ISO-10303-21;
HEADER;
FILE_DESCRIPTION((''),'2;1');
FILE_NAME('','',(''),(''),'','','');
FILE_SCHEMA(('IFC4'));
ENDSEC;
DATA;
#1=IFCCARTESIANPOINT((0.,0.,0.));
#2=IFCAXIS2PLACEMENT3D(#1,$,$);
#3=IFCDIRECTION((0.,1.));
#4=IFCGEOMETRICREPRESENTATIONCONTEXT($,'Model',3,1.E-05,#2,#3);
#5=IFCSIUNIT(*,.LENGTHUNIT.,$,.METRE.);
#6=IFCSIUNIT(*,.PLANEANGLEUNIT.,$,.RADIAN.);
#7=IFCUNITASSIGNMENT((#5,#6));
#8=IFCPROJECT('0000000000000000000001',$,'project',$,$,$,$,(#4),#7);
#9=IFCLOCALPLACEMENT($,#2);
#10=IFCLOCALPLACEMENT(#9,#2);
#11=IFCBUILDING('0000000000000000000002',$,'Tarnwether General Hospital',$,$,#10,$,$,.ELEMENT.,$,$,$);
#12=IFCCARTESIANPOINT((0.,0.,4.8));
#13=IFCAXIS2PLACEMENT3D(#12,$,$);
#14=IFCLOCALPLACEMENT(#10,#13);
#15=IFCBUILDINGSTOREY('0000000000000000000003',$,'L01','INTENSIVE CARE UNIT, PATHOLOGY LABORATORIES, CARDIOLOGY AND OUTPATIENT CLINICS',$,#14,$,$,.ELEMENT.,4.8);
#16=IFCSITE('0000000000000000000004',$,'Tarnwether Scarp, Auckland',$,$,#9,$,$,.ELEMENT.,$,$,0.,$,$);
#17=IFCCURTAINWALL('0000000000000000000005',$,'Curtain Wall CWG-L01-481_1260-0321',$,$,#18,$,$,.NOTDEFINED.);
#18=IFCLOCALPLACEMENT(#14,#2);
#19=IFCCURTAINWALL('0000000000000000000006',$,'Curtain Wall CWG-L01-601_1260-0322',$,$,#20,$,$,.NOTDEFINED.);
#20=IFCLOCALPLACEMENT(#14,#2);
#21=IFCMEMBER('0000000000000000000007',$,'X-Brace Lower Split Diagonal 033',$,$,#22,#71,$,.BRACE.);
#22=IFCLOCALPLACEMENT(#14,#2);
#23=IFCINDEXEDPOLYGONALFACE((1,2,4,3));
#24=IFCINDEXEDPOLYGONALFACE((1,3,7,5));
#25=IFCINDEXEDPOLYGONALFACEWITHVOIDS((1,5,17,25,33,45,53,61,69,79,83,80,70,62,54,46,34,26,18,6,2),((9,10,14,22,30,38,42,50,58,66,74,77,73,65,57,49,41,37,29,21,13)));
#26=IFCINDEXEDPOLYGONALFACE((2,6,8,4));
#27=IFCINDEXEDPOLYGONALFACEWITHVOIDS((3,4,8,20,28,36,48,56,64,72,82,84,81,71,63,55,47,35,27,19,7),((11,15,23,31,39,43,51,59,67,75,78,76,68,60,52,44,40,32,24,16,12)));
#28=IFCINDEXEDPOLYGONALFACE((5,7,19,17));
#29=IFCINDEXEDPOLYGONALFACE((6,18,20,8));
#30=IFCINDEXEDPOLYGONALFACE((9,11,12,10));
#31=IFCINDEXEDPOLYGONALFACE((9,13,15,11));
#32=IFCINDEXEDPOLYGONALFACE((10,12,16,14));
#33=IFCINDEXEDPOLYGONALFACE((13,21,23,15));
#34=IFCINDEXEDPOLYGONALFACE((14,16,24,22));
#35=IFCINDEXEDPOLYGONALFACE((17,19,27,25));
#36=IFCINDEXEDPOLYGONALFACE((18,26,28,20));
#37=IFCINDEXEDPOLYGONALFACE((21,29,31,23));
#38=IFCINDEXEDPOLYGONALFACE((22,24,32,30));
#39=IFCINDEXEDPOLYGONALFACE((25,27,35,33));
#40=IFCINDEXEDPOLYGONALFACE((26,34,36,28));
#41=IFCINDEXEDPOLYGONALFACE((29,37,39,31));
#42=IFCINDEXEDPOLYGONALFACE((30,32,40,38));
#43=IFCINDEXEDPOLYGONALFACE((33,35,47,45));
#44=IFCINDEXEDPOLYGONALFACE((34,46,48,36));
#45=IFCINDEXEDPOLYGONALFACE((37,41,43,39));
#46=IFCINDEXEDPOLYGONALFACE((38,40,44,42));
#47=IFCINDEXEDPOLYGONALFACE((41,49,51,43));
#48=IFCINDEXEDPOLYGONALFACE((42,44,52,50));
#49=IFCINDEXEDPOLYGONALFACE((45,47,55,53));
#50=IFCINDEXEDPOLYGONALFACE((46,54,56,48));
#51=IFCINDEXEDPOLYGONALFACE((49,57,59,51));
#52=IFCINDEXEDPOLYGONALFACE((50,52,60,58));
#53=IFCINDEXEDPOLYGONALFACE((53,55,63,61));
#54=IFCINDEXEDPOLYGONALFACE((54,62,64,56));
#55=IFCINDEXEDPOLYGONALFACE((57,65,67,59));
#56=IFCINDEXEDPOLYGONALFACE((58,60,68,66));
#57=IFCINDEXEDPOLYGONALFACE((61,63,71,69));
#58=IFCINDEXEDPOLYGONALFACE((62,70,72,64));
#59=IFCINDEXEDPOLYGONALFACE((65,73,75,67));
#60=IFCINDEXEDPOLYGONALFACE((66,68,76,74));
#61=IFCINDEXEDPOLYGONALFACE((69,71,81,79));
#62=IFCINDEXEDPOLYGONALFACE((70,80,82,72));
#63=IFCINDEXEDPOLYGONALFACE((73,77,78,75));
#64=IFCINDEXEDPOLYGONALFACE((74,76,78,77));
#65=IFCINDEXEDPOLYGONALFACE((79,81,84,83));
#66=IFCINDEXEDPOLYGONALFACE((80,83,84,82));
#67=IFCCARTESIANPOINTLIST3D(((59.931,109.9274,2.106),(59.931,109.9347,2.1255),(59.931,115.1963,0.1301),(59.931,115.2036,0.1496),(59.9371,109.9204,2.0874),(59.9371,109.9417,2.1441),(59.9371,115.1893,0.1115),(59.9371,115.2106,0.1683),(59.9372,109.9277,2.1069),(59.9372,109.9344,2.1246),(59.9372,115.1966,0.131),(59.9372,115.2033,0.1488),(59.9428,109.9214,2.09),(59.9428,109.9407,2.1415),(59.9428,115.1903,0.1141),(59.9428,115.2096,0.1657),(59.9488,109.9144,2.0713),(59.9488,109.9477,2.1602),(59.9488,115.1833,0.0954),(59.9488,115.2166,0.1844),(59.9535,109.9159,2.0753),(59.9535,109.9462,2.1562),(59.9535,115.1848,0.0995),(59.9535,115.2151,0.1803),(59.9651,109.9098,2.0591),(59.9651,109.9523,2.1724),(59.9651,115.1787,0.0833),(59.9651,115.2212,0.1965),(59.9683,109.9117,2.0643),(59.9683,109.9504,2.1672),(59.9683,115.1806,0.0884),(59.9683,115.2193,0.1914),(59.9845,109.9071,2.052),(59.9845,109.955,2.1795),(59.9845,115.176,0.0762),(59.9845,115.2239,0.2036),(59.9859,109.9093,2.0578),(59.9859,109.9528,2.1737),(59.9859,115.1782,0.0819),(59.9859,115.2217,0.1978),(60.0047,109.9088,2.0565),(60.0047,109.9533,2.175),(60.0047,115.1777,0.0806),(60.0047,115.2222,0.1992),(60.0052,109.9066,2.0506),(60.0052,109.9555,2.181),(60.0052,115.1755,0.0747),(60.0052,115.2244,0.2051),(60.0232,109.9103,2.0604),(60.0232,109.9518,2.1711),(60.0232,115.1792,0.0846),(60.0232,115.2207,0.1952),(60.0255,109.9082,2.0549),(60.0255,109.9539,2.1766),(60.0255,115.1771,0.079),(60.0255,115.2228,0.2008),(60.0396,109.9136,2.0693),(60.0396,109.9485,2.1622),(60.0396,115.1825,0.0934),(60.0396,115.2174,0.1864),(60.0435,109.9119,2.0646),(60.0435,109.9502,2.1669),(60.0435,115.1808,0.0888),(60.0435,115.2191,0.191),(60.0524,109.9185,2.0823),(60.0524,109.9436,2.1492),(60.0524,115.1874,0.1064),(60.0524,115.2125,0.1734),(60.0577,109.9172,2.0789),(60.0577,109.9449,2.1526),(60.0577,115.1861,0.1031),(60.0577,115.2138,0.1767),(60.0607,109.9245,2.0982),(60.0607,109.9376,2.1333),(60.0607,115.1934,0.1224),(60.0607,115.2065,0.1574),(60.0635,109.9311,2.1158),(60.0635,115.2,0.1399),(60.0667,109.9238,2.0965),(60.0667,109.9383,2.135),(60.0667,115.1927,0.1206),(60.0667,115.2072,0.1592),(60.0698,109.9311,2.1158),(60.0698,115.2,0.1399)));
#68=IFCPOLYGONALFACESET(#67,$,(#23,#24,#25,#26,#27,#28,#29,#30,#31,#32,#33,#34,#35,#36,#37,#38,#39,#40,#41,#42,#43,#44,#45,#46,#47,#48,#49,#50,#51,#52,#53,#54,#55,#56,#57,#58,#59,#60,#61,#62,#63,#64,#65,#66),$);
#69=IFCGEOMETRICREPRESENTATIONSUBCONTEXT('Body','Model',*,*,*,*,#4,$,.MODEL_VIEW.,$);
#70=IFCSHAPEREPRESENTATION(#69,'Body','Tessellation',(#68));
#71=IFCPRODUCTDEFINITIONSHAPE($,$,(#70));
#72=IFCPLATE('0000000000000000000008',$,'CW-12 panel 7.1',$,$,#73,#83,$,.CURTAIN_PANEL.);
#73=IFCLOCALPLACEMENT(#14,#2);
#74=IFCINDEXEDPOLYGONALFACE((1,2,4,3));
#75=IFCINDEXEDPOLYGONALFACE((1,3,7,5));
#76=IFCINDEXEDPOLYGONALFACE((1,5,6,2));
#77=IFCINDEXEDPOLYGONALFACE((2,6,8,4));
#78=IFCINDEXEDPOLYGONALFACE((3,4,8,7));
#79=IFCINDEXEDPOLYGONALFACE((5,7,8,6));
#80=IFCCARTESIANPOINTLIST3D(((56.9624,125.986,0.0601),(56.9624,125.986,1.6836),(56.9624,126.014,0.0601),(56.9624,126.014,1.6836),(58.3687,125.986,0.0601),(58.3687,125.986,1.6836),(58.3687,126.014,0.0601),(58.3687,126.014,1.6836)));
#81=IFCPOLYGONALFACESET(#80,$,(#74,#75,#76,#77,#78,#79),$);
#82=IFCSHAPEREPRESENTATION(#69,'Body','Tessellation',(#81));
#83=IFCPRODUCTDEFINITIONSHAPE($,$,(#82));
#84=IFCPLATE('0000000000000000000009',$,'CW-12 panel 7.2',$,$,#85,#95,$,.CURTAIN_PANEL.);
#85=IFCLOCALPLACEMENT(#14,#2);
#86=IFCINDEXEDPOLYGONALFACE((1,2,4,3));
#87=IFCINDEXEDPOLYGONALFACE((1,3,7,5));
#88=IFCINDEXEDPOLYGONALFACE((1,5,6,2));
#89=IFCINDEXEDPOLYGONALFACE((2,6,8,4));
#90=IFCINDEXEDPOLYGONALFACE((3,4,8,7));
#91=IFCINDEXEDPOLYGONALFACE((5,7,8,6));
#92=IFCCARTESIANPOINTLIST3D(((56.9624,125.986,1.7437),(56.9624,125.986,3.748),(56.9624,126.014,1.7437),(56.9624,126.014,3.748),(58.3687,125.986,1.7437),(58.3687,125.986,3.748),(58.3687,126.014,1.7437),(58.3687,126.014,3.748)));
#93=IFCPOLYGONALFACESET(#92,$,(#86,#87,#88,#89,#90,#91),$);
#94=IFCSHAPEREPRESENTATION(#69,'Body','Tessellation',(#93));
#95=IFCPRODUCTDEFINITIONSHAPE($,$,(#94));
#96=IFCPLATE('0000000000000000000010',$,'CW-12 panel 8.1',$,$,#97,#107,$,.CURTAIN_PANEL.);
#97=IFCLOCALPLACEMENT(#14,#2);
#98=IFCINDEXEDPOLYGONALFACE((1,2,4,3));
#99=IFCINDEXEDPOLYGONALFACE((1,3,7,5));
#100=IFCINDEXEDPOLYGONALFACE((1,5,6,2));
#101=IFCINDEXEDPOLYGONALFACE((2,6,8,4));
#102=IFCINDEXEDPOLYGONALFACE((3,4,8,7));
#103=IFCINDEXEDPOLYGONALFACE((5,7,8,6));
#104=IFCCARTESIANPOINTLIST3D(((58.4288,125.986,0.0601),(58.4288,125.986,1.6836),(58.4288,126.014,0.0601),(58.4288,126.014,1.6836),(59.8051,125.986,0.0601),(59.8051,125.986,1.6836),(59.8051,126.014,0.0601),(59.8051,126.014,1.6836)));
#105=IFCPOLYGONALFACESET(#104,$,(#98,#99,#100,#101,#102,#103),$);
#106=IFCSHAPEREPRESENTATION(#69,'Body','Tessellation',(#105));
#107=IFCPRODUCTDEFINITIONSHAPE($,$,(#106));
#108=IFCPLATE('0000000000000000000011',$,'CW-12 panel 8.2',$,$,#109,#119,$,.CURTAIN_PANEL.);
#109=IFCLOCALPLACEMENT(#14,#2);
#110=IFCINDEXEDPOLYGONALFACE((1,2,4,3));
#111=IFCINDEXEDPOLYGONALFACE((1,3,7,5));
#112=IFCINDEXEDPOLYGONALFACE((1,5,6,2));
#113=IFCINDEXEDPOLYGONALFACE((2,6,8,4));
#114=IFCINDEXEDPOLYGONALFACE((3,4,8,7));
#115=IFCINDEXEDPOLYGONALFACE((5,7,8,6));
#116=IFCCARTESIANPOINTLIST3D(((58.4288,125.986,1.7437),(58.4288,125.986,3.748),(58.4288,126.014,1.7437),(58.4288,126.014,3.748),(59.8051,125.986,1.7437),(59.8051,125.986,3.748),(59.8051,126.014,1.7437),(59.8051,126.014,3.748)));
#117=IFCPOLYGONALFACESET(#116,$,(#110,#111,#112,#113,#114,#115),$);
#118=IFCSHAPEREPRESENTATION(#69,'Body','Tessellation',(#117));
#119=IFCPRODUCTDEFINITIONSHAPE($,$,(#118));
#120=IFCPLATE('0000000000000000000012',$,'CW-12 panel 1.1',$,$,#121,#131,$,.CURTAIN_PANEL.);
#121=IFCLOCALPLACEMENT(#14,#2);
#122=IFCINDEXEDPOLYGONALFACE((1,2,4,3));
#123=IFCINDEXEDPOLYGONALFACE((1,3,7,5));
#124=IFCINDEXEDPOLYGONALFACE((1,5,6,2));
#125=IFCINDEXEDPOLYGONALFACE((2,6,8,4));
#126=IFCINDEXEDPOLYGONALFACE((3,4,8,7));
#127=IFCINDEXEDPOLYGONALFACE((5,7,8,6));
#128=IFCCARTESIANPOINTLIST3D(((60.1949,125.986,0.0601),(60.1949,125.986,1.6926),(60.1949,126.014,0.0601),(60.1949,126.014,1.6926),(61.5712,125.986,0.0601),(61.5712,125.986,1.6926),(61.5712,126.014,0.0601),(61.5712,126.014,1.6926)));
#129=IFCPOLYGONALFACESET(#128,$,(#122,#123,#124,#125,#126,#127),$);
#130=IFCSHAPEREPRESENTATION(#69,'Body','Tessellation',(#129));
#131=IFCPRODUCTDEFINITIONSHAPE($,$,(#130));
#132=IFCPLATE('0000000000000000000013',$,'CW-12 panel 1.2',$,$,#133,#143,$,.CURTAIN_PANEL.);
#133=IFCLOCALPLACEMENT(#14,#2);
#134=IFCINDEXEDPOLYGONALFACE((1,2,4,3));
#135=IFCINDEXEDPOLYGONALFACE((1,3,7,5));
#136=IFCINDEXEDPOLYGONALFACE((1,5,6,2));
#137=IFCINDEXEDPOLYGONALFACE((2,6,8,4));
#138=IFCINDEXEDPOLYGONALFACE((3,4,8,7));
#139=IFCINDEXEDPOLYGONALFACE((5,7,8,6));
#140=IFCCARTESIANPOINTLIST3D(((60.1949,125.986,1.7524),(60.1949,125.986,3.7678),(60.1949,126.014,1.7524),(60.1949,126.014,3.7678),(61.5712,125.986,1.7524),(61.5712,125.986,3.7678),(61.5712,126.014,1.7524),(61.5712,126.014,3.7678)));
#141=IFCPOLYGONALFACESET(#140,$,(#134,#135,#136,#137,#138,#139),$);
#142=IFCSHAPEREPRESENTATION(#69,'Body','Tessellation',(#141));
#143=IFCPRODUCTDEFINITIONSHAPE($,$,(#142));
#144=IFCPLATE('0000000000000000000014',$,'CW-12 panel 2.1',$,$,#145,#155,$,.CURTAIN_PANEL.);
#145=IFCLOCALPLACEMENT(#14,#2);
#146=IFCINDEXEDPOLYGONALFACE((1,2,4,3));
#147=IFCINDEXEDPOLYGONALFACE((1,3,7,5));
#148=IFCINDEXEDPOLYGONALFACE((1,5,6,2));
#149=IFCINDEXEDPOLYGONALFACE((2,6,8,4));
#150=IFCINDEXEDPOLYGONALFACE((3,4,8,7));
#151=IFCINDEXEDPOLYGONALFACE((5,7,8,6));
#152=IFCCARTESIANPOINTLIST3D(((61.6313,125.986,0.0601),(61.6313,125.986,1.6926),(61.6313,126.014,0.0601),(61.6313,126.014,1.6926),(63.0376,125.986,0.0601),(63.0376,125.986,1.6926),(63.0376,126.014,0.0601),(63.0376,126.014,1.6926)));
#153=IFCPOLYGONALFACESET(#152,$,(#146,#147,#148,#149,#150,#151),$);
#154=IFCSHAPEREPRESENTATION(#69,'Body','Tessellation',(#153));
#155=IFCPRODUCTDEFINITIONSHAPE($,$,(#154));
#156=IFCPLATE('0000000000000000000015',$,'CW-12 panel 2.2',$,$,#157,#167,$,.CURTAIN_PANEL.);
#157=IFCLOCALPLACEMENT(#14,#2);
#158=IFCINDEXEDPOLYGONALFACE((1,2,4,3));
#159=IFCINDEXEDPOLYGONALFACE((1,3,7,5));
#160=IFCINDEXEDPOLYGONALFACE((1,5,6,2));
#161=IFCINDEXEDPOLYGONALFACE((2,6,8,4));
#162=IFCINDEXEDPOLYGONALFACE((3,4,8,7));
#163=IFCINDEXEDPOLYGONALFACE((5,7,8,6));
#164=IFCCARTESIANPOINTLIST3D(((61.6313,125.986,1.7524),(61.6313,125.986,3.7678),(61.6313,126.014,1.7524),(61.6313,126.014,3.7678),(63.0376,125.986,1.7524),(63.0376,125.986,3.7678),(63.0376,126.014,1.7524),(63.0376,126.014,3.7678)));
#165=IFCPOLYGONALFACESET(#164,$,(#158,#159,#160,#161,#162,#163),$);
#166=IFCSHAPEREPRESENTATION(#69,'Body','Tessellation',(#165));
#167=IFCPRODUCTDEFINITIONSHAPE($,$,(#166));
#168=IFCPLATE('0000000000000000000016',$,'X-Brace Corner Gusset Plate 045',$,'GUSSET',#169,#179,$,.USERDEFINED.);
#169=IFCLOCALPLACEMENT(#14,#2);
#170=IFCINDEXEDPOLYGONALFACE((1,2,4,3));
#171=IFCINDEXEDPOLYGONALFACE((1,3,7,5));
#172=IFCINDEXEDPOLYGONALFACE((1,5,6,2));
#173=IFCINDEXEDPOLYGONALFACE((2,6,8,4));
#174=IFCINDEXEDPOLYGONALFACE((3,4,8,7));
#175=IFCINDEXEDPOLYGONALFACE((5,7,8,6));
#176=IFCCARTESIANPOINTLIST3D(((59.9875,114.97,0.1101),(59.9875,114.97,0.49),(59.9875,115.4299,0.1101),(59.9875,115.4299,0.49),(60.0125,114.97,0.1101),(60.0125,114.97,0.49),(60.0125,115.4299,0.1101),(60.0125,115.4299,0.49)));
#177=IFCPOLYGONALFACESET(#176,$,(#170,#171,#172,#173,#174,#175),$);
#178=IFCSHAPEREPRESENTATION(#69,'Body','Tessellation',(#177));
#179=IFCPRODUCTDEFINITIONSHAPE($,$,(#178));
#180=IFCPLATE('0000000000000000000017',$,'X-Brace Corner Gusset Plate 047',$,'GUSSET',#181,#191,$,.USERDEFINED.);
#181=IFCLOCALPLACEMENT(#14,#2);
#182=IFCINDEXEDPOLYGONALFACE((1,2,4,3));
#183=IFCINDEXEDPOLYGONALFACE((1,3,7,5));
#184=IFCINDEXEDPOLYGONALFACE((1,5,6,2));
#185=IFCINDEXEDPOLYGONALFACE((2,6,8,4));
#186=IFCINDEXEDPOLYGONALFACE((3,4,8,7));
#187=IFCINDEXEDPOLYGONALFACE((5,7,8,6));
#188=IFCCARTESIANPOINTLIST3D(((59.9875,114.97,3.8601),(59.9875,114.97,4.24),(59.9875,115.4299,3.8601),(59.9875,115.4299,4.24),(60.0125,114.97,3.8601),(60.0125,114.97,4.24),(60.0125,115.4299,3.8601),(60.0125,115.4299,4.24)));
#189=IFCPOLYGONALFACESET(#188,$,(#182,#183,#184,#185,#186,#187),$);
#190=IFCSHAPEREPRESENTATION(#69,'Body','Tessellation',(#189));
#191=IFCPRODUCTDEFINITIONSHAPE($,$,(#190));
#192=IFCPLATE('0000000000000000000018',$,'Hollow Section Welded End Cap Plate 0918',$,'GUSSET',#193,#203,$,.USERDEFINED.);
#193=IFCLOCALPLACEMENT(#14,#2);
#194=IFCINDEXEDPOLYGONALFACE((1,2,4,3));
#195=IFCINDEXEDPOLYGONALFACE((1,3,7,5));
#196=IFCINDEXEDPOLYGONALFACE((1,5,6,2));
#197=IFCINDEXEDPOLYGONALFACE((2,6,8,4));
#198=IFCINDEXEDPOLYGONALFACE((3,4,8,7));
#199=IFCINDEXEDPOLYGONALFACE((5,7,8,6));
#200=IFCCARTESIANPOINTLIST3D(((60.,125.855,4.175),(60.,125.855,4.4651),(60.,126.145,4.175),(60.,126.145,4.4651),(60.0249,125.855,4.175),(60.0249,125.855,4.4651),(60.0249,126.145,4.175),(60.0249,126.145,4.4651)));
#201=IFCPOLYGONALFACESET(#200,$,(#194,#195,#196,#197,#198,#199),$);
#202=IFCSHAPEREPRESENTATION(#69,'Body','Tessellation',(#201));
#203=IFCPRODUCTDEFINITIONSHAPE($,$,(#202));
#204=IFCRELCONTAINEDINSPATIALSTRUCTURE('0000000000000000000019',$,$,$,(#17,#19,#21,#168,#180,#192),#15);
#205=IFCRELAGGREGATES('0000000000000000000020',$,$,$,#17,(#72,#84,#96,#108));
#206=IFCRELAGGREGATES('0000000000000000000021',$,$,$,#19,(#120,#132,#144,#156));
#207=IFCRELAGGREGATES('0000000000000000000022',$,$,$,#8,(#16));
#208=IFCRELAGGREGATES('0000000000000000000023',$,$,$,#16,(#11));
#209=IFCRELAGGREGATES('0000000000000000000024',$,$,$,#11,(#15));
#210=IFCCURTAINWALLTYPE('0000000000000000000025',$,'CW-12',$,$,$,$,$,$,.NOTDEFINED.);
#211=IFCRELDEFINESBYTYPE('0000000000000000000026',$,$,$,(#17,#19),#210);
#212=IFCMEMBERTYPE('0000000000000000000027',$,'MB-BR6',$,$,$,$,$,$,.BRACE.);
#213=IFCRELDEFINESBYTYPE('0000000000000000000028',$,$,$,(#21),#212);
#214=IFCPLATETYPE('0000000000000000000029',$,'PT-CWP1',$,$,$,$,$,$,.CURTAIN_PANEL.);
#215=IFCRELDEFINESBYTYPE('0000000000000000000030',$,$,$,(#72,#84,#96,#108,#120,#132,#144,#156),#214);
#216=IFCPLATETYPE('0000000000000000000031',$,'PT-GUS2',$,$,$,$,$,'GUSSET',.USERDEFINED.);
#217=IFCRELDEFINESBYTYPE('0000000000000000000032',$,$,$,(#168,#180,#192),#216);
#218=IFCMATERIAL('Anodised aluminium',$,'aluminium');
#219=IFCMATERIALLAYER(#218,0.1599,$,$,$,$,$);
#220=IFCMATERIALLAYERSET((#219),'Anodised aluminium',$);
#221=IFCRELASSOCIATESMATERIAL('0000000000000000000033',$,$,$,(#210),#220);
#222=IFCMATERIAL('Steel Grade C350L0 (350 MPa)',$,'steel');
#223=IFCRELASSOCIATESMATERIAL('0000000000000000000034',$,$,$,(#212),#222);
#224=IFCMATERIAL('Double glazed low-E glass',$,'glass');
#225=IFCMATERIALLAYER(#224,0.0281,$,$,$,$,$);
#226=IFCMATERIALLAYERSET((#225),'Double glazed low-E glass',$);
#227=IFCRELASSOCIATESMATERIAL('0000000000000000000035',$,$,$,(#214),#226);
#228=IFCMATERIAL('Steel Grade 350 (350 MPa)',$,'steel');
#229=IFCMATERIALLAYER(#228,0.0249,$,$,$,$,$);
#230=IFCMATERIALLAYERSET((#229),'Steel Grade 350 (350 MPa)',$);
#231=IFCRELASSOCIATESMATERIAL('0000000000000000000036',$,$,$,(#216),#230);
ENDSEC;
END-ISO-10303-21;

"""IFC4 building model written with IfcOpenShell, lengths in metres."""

from ifc_helpers import new_model, si_unit, direction, frame, origin, origin_2d, place, context, subcontext, project, spatial, rectangle, hollow_circle, extrude, material, layer, layer_set, material_profile, profile_set, type_object, element, aggregate, save


model = new_model("IFC4")

# Units and contexts
model_context = context("Model", 3, precision=1e-05, world=origin(), true_north=direction((0.0, 1.0)))
body_context = subcontext(model_context, "Body", "Model", "MODEL_VIEW")
ifc_project = project(units=[si_unit("LENGTHUNIT", "METRE"), si_unit("PLANEANGLEUNIT", "RADIAN")], contexts=[model_context])

# Site, building, storey
site_placement = place(None, origin())
site = spatial("IfcSite", under=ifc_project, at=site_placement, Name="Tarnwether Scarp, Auckland", CompositionType="ELEMENT", RefElevation=0.0)
building_placement = place(site_placement, origin())
building = spatial("IfcBuilding", under=site, at=building_placement, Name="Tarnwether General Hospital", CompositionType="ELEMENT")
storey_placement = place(building_placement, frame((0.0, 0.0, 4.8)))
storey = spatial("IfcBuildingStorey", under=building, at=storey_placement, Name="L01", Description="INTENSIVE CARE UNIT, PATHOLOGY LABORATORIES, CARDIOLOGY AND OUTPATIENT CLINICS", CompositionType="ELEMENT", Elevation=4.8)

# Curtain walls
ifc_material_1 = material(Name="Anodised aluminium", Category="aluminium")
ifc_layer_1 = layer(ifc_material_1, 0.1599)
ifc_layer_set_1 = layer_set([ifc_layer_1], Name="Anodised aluminium")
curtain_wall_type = type_object("IfcCurtainWallType", Name="CW-12", PredefinedType="NOTDEFINED", material=ifc_layer_set_1)
curtain_wall_1_placement = place(storey_placement, origin())
curtain_wall_1 = element("IfcCurtainWall", 1, at=curtain_wall_1_placement, inside=storey, type_object=curtain_wall_type, Name="Curtain Wall CWG-L01-481_1260-0321", PredefinedType="NOTDEFINED")
curtain_wall_2_placement = place(storey_placement, origin())
curtain_wall_2 = element("IfcCurtainWall", 2, at=curtain_wall_2_placement, inside=storey, type_object=curtain_wall_type, Name="Curtain Wall CWG-L01-601_1260-0322", PredefinedType="NOTDEFINED")

# Member
ifc_material_2 = material(Name="Steel Grade C350L0 (350 MPa)", Category="steel")
ifc_material_profile_1 = material_profile(ifc_material_2, hollow_circle(Radius=0.0698, WallThickness=0.0063, at=origin_2d()), Name="CHS139.7x6.4")
ifc_profile_set_1 = profile_set([ifc_material_profile_1], Name="Steel Grade C350L0 (350 MPa)")
member_type_1 = type_object("IfcMemberType", Name="MB-BR6", PredefinedType="BRACE", material=ifc_profile_set_1)
member_1_placement = place(storey_placement, frame((60.0, 115.2, 0.1399), z_axis=(0.0, -0.936327, 0.351128), x_axis=(1.0, 0.0, 0.0)))
element("IfcMember", 3, at=member_1_placement, inside=storey, type_object=member_type_1, Name="X-Brace Lower Split Diagonal 033", PredefinedType="BRACE", context=body_context, shape_type="SweptSolid", body=[
    extrude(hollow_circle(Radius=0.0698, WallThickness=0.0063, at=origin_2d()), origin(), (0.0, 0.0, 1.0), 5.6272),
])

# Plates
ifc_material_3 = material(Name="Double glazed low-E glass", Category="glass")
ifc_layer_2 = layer(ifc_material_3, 0.0281)
ifc_layer_set_2 = layer_set([ifc_layer_2], Name="Double glazed low-E glass")
plate_type_1 = type_object("IfcPlateType", Name="PT-CWP1", PredefinedType="CURTAIN_PANEL", material=ifc_layer_set_2)
plate_1_placement = place(storey_placement, frame((57.6655, 126.0, 0.0601), z_axis=(0.0, 0.0, 1.0), x_axis=(1.0, 0.0, 0.0)))
plate_1 = element("IfcPlate", 4, at=plate_1_placement, type_object=plate_type_1, Name="CW-12 panel 7.1", PredefinedType="CURTAIN_PANEL", context=body_context, shape_type="SweptSolid", body=[
    extrude(rectangle(XDim=1.4062, YDim=0.0281, at=origin_2d()), origin(), (0.0, 0.0, 1.0), 1.6235),
])
plate_2_placement = place(storey_placement, frame((57.6655, 126.0, 1.7437), z_axis=(0.0, 0.0, 1.0), x_axis=(1.0, 0.0, 0.0)))
plate_2 = element("IfcPlate", 5, at=plate_2_placement, type_object=plate_type_1, Name="CW-12 panel 7.2", PredefinedType="CURTAIN_PANEL", context=body_context, shape_type="SweptSolid", body=[
    extrude(rectangle(XDim=1.4062, YDim=0.0281, at=origin_2d()), origin(), (0.0, 0.0, 1.0), 2.0044),
])
plate_3_placement = place(storey_placement, frame((59.1169, 126.0, 0.0601), z_axis=(0.0, 0.0, 1.0), x_axis=(1.0, 0.0, 0.0)))
plate_3 = element("IfcPlate", 6, at=plate_3_placement, type_object=plate_type_1, Name="CW-12 panel 8.1", PredefinedType="CURTAIN_PANEL", context=body_context, shape_type="SweptSolid", body=[
    extrude(rectangle(XDim=1.3762, YDim=0.0281, at=origin_2d()), origin(), (0.0, 0.0, 1.0), 1.6235),
])
plate_4_placement = place(storey_placement, frame((59.1169, 126.0, 1.7437), z_axis=(0.0, 0.0, 1.0), x_axis=(1.0, 0.0, 0.0)))
plate_4 = element("IfcPlate", 7, at=plate_4_placement, type_object=plate_type_1, Name="CW-12 panel 8.2", PredefinedType="CURTAIN_PANEL", context=body_context, shape_type="SweptSolid", body=[
    extrude(rectangle(XDim=1.3762, YDim=0.0281, at=origin_2d()), origin(), (0.0, 0.0, 1.0), 2.0044),
])
aggregate(curtain_wall_1, [plate_1, plate_2, plate_3, plate_4])
plate_5_placement = place(storey_placement, frame((60.8831, 126.0, 0.0601), z_axis=(0.0, 0.0, 1.0), x_axis=(1.0, 0.0, 0.0)))
plate_5 = element("IfcPlate", 8, at=plate_5_placement, type_object=plate_type_1, Name="CW-12 panel 1.1", PredefinedType="CURTAIN_PANEL", context=body_context, shape_type="SweptSolid", body=[
    extrude(rectangle(XDim=1.3762, YDim=0.0281, at=origin_2d()), origin(), (0.0, 0.0, 1.0), 1.6326),
])
plate_6_placement = place(storey_placement, frame((60.8831, 126.0, 1.7524), z_axis=(0.0, 0.0, 1.0), x_axis=(1.0, 0.0, 0.0)))
plate_6 = element("IfcPlate", 9, at=plate_6_placement, type_object=plate_type_1, Name="CW-12 panel 1.2", PredefinedType="CURTAIN_PANEL", context=body_context, shape_type="SweptSolid", body=[
    extrude(rectangle(XDim=1.3762, YDim=0.0281, at=origin_2d()), origin(), (0.0, 0.0, 1.0), 2.0154),
])
plate_7_placement = place(storey_placement, frame((62.3345, 126.0, 0.0601), z_axis=(0.0, 0.0, 1.0), x_axis=(1.0, 0.0, 0.0)))
plate_7 = element("IfcPlate", 10, at=plate_7_placement, type_object=plate_type_1, Name="CW-12 panel 2.1", PredefinedType="CURTAIN_PANEL", context=body_context, shape_type="SweptSolid", body=[
    extrude(rectangle(XDim=1.4062, YDim=0.0281, at=origin_2d()), origin(), (0.0, 0.0, 1.0), 1.6326),
])
plate_8_placement = place(storey_placement, frame((62.3345, 126.0, 1.7524), z_axis=(0.0, 0.0, 1.0), x_axis=(1.0, 0.0, 0.0)))
plate_8 = element("IfcPlate", 11, at=plate_8_placement, type_object=plate_type_1, Name="CW-12 panel 2.2", PredefinedType="CURTAIN_PANEL", context=body_context, shape_type="SweptSolid", body=[
    extrude(rectangle(XDim=1.4062, YDim=0.0281, at=origin_2d()), origin(), (0.0, 0.0, 1.0), 2.0154),
])
aggregate(curtain_wall_2, [plate_5, plate_6, plate_7, plate_8])

# Plates
ifc_material_4 = material(Name="Steel Grade 350 (350 MPa)", Category="steel")
ifc_layer_3 = layer(ifc_material_4, 0.0249)
ifc_layer_set_3 = layer_set([ifc_layer_3], Name="Steel Grade 350 (350 MPa)")
plate_type_2 = type_object("IfcPlateType", Name="PT-GUS2", ElementType="GUSSET", PredefinedType="USERDEFINED", material=ifc_layer_set_3)
for number, where, z_axis, x_axis, name in (
    (12, (60.0, 115.2, 0.1101), (0.0, 0.0, 1.0), (0.0, 1.0, 0.0), "X-Brace Corner Gusset Plate 045"),
    (13, (60.0, 115.2, 3.8601), (0.0, 0.0, 1.0), (0.0, 1.0, 0.0), "X-Brace Corner Gusset Plate 047"),
):
    element("IfcPlate", number, at=place(storey_placement, frame(where, z_axis=z_axis, x_axis=x_axis)), inside=storey, type_object=plate_type_2, Name=name, ObjectType="GUSSET", PredefinedType="USERDEFINED", context=body_context, shape_type="SweptSolid", body=[
        extrude(rectangle(XDim=0.46, YDim=0.0249, at=origin_2d()), origin(), (0.0, 0.0, 1.0), 0.3799),
    ])
plate_9_placement = place(storey_placement, frame((60.0125, 126.0, 4.175), z_axis=(0.0, 0.0, 1.0), x_axis=(1.0, 0.0, 0.0)))
element("IfcPlate", 14, at=plate_9_placement, inside=storey, type_object=plate_type_2, Name="Hollow Section Welded End Cap Plate 0918", ObjectType="GUSSET", PredefinedType="USERDEFINED", context=body_context, shape_type="SweptSolid", body=[
    extrude(rectangle(XDim=0.0249, YDim=0.29, at=origin_2d()), origin(), (0.0, 0.0, 1.0), 0.29),
])

save(model, "model.ifc")
